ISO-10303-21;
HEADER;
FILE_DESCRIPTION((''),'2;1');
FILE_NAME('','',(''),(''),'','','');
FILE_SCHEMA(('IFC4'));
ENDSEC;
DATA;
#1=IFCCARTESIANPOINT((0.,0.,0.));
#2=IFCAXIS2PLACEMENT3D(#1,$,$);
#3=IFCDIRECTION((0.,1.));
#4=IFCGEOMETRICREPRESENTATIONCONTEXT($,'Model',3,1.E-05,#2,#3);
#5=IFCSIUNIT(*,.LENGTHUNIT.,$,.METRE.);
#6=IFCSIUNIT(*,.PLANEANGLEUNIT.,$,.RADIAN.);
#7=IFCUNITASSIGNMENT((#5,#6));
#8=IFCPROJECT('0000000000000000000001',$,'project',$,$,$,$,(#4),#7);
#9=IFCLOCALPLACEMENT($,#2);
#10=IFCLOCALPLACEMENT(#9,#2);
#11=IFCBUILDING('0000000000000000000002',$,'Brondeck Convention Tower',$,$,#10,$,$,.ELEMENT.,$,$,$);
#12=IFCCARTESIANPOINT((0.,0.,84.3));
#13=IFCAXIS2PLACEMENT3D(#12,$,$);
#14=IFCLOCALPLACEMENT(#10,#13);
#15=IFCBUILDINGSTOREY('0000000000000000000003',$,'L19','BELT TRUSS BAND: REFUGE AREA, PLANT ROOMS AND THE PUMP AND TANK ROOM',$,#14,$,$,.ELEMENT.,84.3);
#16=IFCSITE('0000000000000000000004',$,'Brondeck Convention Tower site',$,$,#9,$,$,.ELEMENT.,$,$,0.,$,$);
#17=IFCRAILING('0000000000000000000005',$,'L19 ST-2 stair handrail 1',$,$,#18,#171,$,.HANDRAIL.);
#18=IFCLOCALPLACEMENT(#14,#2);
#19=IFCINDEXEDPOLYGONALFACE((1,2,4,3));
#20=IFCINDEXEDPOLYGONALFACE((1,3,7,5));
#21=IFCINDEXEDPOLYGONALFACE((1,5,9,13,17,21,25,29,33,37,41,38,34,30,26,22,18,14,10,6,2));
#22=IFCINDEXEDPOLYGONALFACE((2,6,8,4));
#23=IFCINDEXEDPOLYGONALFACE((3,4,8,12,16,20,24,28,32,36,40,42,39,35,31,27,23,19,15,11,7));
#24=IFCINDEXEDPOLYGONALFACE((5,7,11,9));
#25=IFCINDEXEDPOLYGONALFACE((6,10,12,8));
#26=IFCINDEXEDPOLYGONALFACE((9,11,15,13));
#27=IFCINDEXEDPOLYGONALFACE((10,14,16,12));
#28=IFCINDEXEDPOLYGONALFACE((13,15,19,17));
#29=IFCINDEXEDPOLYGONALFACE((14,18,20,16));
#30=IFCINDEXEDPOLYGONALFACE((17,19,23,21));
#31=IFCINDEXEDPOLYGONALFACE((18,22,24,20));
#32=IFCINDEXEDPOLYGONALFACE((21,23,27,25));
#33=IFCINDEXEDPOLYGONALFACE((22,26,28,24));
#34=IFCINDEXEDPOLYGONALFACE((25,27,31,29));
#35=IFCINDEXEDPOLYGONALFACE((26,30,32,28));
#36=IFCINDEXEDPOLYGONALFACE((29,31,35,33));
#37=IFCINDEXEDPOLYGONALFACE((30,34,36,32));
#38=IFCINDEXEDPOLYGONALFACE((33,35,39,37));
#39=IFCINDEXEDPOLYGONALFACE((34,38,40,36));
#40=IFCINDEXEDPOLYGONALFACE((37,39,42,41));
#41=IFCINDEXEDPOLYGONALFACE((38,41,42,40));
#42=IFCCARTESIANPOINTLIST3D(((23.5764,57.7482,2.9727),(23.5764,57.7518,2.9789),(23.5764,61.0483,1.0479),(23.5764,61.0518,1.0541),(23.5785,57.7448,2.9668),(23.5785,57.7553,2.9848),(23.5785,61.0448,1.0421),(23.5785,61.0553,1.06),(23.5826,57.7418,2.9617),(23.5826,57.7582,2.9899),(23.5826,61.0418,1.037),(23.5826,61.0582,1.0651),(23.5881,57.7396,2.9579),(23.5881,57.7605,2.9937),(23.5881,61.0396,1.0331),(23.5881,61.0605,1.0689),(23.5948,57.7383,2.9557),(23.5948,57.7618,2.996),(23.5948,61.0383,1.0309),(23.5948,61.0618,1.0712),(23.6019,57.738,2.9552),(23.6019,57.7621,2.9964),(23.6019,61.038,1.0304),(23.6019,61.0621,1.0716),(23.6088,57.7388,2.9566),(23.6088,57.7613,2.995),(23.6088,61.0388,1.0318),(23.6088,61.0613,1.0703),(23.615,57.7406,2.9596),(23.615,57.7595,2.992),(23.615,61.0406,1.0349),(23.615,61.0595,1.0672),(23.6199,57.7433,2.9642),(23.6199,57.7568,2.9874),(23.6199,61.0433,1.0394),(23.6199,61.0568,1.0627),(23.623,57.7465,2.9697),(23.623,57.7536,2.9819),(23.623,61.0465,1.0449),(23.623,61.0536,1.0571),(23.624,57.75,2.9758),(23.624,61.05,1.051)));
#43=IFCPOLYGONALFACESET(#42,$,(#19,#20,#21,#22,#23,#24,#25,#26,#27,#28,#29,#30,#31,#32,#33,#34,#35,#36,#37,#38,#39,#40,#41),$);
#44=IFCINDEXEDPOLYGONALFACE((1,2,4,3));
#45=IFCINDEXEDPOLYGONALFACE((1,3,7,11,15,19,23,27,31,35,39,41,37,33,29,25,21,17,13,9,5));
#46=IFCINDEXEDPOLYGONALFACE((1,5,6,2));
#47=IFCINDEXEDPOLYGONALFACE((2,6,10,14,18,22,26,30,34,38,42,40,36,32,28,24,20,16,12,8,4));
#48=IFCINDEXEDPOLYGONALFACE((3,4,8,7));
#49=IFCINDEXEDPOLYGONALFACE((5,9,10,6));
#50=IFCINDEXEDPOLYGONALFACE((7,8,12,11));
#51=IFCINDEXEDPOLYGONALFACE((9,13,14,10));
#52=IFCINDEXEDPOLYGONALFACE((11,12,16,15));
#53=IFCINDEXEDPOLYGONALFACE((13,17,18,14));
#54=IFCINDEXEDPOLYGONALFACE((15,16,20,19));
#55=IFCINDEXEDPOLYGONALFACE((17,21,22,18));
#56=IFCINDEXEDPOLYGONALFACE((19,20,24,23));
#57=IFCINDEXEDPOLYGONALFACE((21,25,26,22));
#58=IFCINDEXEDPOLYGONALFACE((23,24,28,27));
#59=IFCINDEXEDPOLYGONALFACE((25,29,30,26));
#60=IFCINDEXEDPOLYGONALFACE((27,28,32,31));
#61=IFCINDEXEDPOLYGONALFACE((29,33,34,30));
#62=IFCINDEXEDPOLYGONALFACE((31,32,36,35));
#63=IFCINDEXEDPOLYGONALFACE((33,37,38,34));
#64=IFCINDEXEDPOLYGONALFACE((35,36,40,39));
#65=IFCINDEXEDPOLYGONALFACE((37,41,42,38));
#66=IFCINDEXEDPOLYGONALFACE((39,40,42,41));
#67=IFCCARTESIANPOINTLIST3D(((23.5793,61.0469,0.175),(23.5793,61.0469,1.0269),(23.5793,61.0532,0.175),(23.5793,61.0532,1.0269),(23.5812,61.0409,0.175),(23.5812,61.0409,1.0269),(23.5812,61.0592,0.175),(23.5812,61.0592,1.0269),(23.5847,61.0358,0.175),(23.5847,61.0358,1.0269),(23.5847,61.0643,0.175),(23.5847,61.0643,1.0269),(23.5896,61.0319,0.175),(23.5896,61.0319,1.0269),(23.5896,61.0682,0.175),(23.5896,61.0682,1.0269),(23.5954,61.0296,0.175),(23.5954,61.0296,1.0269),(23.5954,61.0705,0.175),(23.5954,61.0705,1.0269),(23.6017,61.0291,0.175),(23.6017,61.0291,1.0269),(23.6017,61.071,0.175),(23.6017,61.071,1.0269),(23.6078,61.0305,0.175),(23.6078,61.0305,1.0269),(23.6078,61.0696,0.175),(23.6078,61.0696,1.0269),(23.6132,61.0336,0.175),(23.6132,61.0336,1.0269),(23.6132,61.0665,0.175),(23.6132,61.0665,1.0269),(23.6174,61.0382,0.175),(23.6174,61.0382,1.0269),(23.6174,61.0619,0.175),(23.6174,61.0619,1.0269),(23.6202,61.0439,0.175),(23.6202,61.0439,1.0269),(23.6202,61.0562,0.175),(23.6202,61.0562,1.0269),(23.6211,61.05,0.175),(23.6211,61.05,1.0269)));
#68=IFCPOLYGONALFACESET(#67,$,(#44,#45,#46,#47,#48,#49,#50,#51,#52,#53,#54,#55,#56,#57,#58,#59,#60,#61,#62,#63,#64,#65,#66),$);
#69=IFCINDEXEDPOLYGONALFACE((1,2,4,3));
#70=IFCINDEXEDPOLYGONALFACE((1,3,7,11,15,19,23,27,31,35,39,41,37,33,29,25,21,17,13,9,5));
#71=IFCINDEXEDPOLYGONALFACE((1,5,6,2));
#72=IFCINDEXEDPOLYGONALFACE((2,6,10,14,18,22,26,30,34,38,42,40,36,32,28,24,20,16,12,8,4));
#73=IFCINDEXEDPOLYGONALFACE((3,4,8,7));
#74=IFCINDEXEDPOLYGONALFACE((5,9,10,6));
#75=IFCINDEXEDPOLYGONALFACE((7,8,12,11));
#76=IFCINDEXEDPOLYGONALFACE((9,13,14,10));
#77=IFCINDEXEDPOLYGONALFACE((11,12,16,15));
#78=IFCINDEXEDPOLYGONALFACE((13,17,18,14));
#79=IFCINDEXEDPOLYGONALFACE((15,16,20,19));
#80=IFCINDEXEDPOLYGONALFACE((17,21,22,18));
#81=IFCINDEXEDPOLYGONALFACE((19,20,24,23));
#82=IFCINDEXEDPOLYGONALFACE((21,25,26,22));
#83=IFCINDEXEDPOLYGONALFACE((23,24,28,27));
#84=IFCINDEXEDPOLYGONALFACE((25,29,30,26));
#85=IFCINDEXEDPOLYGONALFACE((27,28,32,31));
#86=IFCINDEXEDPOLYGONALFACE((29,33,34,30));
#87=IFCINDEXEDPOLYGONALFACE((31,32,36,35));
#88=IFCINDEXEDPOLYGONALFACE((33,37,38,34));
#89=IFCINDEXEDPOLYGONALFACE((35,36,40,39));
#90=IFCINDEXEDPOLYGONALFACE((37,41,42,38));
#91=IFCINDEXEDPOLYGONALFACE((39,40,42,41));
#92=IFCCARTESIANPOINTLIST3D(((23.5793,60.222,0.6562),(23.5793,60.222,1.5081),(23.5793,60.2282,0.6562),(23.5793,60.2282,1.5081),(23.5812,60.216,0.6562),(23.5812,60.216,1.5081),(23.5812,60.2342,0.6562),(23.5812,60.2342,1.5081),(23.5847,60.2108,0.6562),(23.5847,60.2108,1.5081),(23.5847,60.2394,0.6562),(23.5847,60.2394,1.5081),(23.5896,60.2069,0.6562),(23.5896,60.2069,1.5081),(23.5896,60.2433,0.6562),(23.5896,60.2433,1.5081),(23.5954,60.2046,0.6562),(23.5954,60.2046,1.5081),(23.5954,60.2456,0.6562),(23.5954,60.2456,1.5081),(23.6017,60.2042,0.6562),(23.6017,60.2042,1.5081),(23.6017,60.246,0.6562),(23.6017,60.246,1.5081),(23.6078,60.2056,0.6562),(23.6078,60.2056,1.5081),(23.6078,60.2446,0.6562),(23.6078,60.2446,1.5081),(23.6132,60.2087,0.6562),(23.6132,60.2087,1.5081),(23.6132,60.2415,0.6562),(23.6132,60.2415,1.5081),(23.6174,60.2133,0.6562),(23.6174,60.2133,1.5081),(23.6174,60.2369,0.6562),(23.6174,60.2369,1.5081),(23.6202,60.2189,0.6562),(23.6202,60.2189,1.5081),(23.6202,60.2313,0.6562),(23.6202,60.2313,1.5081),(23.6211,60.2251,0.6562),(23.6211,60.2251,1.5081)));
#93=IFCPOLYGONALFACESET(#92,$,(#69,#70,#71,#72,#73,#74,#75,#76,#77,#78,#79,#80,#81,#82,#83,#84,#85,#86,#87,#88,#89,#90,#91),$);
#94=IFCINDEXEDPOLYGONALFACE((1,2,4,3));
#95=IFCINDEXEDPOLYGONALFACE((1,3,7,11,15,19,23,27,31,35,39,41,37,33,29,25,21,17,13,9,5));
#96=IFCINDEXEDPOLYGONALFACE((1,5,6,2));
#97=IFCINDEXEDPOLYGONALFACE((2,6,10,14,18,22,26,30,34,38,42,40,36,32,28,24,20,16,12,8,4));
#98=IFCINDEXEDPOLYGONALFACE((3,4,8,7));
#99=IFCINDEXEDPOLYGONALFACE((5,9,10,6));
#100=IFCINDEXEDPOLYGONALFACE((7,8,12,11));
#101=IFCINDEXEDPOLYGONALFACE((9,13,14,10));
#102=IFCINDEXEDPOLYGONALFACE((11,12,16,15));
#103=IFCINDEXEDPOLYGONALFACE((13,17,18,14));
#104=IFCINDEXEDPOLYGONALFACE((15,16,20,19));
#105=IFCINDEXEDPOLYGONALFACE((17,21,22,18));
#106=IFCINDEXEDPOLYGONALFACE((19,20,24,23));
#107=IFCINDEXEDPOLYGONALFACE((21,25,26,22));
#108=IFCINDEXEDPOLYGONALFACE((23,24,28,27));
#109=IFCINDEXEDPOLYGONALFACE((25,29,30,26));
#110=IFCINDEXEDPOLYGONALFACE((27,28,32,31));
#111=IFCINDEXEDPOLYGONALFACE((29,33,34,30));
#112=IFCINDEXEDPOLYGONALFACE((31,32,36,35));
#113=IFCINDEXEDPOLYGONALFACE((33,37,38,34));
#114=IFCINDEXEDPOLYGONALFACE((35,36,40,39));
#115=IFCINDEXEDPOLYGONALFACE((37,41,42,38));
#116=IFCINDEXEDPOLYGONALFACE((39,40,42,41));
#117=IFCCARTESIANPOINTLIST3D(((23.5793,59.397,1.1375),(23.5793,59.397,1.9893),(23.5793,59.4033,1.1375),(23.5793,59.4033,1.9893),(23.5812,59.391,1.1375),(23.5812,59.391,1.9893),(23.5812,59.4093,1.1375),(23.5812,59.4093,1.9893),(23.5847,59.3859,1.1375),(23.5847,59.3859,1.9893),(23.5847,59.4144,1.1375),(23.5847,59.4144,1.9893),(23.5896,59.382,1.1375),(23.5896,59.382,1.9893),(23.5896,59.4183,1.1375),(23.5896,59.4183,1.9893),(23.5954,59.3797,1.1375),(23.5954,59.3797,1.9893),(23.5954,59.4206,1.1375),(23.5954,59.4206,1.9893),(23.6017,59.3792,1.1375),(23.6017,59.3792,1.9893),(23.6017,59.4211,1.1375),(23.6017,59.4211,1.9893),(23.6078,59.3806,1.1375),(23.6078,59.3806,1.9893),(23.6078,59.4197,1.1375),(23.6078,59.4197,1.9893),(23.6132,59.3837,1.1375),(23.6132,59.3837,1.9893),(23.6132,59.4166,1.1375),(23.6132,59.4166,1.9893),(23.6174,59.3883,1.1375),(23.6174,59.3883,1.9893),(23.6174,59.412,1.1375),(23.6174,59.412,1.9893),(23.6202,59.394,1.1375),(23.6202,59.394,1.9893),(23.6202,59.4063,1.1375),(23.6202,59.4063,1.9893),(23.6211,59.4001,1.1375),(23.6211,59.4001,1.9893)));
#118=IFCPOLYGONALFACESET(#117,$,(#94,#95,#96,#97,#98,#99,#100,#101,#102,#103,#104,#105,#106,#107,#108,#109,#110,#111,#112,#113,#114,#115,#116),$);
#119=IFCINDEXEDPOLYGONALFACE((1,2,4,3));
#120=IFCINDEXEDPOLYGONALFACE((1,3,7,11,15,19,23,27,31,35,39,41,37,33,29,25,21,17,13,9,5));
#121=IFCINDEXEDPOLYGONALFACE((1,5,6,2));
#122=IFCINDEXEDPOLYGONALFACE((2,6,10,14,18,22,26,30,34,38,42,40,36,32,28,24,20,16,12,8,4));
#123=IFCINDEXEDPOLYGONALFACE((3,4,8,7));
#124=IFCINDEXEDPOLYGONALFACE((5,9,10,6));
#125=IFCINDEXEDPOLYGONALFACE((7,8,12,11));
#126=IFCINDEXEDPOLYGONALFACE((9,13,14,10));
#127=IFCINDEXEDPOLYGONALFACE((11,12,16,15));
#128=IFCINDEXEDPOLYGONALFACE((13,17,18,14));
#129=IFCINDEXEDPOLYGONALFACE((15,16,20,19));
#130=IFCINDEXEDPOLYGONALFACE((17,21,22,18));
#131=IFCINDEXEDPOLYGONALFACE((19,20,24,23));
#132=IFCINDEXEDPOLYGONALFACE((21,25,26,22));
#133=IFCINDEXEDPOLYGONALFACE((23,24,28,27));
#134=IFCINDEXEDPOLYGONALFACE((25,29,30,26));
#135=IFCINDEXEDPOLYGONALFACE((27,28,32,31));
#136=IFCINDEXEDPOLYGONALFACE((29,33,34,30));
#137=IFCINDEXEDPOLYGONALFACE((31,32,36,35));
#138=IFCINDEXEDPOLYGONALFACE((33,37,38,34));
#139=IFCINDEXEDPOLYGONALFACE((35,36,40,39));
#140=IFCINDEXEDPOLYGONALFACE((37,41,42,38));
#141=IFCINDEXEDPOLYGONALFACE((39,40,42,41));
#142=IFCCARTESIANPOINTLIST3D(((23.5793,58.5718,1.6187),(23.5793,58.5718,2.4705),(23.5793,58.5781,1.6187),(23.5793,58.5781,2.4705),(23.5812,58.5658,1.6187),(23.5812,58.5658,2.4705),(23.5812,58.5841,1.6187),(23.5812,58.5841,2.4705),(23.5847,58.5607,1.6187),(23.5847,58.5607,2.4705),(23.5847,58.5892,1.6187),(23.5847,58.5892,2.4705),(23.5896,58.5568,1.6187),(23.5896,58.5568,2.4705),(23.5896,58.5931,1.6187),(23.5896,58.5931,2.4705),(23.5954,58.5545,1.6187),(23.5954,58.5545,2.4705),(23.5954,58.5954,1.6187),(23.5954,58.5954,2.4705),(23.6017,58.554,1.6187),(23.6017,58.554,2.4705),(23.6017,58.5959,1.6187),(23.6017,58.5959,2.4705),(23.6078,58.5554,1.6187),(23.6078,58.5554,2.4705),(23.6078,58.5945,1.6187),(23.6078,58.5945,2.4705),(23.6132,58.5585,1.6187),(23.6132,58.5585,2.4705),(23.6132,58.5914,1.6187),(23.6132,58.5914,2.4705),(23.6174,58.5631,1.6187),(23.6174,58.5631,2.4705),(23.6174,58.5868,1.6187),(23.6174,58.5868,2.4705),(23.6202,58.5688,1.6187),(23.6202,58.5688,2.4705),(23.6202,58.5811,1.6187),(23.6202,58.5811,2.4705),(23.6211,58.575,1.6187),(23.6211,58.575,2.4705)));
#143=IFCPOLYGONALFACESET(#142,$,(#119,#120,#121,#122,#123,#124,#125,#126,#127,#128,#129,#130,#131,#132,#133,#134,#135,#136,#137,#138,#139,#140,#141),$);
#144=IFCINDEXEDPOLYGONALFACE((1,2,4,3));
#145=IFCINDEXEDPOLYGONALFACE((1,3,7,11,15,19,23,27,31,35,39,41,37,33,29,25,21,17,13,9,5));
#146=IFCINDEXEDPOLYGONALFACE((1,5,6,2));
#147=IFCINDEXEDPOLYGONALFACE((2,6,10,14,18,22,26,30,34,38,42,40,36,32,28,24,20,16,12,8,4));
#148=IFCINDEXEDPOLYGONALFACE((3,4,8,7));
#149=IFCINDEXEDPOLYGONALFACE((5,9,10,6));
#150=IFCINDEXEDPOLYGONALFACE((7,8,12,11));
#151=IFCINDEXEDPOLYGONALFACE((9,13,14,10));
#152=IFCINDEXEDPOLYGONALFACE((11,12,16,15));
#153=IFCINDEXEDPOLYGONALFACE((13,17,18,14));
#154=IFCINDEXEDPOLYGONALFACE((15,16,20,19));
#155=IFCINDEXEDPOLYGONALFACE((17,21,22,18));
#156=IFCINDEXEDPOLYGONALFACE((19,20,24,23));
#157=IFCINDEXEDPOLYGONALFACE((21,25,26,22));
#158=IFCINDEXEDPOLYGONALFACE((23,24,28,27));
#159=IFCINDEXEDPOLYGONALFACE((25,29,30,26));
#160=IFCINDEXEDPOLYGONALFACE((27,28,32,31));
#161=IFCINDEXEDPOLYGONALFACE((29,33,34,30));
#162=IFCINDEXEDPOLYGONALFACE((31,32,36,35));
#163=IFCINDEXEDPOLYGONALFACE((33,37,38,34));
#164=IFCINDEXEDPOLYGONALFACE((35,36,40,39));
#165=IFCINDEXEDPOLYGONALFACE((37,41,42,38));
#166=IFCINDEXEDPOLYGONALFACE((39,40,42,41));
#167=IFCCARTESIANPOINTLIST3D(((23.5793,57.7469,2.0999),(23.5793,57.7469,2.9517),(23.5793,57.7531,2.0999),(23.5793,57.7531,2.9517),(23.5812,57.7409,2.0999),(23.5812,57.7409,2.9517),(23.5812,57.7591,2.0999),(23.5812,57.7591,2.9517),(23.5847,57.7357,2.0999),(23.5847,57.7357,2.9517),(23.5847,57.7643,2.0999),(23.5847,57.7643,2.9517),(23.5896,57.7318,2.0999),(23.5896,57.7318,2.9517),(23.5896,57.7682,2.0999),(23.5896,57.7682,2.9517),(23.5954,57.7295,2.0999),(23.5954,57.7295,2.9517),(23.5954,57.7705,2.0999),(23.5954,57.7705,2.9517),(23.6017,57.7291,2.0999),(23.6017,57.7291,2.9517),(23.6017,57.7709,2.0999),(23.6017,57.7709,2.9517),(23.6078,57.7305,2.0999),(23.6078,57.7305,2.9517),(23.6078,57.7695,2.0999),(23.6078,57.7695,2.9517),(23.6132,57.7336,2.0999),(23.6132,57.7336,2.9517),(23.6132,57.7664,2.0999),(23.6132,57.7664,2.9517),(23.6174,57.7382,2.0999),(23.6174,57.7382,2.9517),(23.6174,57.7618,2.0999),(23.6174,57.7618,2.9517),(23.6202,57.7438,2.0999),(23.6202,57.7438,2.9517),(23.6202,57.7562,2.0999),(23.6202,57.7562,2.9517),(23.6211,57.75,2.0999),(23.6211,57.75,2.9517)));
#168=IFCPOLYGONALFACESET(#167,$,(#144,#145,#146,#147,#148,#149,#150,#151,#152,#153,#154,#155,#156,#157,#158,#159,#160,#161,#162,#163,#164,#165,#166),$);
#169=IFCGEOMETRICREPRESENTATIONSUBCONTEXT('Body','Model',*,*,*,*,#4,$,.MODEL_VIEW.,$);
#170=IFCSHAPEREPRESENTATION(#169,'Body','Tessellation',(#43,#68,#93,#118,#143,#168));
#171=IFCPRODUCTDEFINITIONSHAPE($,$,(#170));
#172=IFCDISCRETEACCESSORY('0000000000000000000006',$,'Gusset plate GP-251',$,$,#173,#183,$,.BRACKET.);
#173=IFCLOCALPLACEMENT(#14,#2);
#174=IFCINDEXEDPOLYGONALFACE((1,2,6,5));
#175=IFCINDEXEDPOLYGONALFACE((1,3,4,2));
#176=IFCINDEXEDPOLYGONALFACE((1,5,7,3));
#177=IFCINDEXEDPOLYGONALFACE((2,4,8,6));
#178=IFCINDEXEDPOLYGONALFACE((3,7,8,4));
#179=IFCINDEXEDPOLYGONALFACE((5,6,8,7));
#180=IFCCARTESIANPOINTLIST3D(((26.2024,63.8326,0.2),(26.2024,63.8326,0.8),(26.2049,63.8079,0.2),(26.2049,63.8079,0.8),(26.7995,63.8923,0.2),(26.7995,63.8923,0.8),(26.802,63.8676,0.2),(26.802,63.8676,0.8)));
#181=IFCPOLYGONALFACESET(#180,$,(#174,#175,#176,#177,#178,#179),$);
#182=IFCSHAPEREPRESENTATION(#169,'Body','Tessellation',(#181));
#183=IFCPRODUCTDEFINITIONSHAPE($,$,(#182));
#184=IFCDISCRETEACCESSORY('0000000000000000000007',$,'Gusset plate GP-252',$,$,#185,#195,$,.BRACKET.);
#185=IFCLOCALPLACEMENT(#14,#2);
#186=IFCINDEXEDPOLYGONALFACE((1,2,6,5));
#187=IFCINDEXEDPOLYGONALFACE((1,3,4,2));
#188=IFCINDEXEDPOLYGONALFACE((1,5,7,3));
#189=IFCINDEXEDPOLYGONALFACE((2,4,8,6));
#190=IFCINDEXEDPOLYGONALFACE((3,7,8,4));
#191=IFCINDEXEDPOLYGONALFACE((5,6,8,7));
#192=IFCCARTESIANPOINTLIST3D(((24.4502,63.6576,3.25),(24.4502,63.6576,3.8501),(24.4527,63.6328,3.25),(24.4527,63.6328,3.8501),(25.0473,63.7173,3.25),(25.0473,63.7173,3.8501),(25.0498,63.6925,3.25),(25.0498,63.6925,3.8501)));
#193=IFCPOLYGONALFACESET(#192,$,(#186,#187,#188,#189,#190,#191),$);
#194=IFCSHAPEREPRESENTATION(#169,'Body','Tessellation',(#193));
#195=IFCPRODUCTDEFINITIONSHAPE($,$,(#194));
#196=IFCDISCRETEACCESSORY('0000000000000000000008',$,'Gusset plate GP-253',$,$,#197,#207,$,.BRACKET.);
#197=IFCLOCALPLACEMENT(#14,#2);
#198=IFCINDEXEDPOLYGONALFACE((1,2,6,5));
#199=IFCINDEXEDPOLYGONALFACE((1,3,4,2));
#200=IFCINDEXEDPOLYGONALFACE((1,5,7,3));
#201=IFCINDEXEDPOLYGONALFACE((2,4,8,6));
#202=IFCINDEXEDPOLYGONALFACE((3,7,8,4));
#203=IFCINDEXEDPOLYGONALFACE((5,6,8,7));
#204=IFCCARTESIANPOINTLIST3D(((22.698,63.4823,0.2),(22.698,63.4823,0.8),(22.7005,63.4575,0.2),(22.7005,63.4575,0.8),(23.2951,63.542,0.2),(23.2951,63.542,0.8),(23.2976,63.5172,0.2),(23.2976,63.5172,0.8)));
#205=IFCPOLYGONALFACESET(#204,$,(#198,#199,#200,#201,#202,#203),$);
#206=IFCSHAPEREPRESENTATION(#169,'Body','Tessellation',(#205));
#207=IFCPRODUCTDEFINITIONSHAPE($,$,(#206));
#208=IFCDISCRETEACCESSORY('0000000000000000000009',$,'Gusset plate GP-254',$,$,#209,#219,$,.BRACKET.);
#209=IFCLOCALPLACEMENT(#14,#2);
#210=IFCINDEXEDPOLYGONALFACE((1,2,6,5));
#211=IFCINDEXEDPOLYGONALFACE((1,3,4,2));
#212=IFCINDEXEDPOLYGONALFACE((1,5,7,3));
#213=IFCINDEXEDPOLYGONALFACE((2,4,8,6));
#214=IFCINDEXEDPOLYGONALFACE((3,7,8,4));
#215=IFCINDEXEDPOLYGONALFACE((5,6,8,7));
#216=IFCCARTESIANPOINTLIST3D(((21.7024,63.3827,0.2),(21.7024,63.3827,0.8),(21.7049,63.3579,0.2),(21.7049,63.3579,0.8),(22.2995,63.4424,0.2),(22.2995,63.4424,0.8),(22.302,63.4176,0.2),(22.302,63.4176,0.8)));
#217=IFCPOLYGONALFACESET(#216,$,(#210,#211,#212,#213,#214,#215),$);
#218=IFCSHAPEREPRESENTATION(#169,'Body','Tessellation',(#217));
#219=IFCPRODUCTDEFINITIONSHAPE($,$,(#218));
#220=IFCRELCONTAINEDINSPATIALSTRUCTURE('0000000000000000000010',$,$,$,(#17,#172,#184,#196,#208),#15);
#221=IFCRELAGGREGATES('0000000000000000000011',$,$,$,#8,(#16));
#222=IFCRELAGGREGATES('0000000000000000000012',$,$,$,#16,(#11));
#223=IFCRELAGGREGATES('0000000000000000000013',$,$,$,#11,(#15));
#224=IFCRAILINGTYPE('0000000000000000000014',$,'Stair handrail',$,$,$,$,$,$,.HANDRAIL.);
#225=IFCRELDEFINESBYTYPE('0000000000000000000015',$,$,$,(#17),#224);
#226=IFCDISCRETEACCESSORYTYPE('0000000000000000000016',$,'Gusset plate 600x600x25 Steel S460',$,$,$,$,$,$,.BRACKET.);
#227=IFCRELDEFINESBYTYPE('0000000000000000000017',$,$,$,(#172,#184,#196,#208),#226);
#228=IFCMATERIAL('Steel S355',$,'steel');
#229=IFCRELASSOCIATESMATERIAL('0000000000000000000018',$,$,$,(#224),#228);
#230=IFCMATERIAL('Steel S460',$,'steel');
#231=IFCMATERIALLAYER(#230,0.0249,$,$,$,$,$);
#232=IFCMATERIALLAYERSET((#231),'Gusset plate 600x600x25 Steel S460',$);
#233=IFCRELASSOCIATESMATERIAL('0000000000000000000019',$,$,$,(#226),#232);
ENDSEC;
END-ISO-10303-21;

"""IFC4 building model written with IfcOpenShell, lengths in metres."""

from ifc_helpers import new_model, si_unit, direction, frame, origin, origin_2d, place, context, subcontext, project, spatial, rectangle, circle, extrude, material, layer, layer_set, type_object, element, save


model = new_model("IFC4")

# Units and contexts
model_context = context("Model", 3, precision=1e-05, world=origin(), true_north=direction((0.0, 1.0)))
body_context = subcontext(model_context, "Body", "Model", "MODEL_VIEW")
ifc_project = project(units=[si_unit("LENGTHUNIT", "METRE"), si_unit("PLANEANGLEUNIT", "RADIAN")], contexts=[model_context])

# Site, building, storey
site_placement = place(None, origin())
site = spatial("IfcSite", under=ifc_project, at=site_placement, Name="Brondeck Convention Tower site", CompositionType="ELEMENT", RefElevation=0.0)
building_placement = place(site_placement, origin())
building = spatial("IfcBuilding", under=site, at=building_placement, Name="Brondeck Convention Tower", CompositionType="ELEMENT")
storey_placement = place(building_placement, frame((0.0, 0.0, 84.3)))
storey = spatial("IfcBuildingStorey", under=building, at=storey_placement, Name="L19", Description="BELT TRUSS BAND: REFUGE AREA, PLANT ROOMS AND THE PUMP AND TANK ROOM", CompositionType="ELEMENT", Elevation=84.3)

# Shared definitions
ifc_material_1 = material(Name="Steel S460", Category="steel")

# Railing
ifc_material_2 = material(Name="Steel S355", Category="steel")
railing_type_1 = type_object("IfcRailingType", Name="Stair handrail", PredefinedType="HANDRAIL", material=ifc_material_2)
railing_1_placement = place(storey_placement, frame((23.6001, 61.05, 0.175)))
element("IfcRailing", 1, at=railing_1_placement, inside=storey, type_object=railing_type_1, Name="L19 ST-2 stair handrail 1", PredefinedType="HANDRAIL", context=body_context, shape_type="SweptSolid", body=[
    extrude(circle(Radius=0.0239, at=origin_2d()), frame((0.0, 0.0, 0.876), z_axis=(0.0, -0.863804, 0.503827), x_axis=(1.0, 0.0, 0.0)), (0.0, 0.0, 1.0), 3.8203),
    extrude(circle(Radius=0.021, at=origin_2d()), origin(), (0.0, 0.0, 1.0), 0.8518),
    extrude(circle(Radius=0.021, at=origin_2d()), frame((0.0, -0.825, 0.4812)), (0.0, 0.0, 1.0), 0.8518),
    extrude(circle(Radius=0.021, at=origin_2d()), frame((0.0, -1.6499, 0.9624)), (0.0, 0.0, 1.0), 0.8518),
    extrude(circle(Radius=0.021, at=origin_2d()), frame((0.0, -2.4751, 1.4436)), (0.0, 0.0, 1.0), 0.8518),
    extrude(circle(Radius=0.021, at=origin_2d()), frame((0.0, -3.3, 1.9248)), (0.0, 0.0, 1.0), 0.8518),
])

# Discrete accessories
ifc_layer_1 = layer(ifc_material_1, 0.0249)
ifc_layer_set_1 = layer_set([ifc_layer_1], Name="Gusset plate 600x600x25 Steel S460")
discrete_accessory_type = type_object("IfcDiscreteAccessoryType", Name="Gusset plate 600x600x25 Steel S460", PredefinedType="BRACKET", material=ifc_layer_set_1)
for number, where, z_axis, x_axis, name in (
    (2, (26.5022, 63.8501, 0.2), (0.0, 0.0, 1.0), (0.995036, 0.099511, 0.0), "Gusset plate GP-251"),
    (3, (24.75, 63.675, 3.25), (0.0, 0.0, 1.0), (0.995036, 0.099511, 0.0), "Gusset plate GP-252"),
    (4, (22.9978, 63.4998, 0.2), (0.0, 0.0, 1.0), (0.995036, 0.099511, 0.0), "Gusset plate GP-253"),
    (5, (22.0022, 63.4001, 0.2), (0.0, 0.0, 1.0), (0.995036, 0.099511, 0.0), "Gusset plate GP-254"),
):
    element("IfcDiscreteAccessory", number, at=place(storey_placement, frame(where, z_axis=z_axis, x_axis=x_axis)), inside=storey, type_object=discrete_accessory_type, Name=name, PredefinedType="BRACKET", context=body_context, shape_type="SweptSolid", body=[
        extrude(rectangle(XDim=0.6001, YDim=0.0249, at=origin_2d()), origin(), (0.0, 0.0, 1.0), 0.6001),
    ])

save(model, "model.ifc")
